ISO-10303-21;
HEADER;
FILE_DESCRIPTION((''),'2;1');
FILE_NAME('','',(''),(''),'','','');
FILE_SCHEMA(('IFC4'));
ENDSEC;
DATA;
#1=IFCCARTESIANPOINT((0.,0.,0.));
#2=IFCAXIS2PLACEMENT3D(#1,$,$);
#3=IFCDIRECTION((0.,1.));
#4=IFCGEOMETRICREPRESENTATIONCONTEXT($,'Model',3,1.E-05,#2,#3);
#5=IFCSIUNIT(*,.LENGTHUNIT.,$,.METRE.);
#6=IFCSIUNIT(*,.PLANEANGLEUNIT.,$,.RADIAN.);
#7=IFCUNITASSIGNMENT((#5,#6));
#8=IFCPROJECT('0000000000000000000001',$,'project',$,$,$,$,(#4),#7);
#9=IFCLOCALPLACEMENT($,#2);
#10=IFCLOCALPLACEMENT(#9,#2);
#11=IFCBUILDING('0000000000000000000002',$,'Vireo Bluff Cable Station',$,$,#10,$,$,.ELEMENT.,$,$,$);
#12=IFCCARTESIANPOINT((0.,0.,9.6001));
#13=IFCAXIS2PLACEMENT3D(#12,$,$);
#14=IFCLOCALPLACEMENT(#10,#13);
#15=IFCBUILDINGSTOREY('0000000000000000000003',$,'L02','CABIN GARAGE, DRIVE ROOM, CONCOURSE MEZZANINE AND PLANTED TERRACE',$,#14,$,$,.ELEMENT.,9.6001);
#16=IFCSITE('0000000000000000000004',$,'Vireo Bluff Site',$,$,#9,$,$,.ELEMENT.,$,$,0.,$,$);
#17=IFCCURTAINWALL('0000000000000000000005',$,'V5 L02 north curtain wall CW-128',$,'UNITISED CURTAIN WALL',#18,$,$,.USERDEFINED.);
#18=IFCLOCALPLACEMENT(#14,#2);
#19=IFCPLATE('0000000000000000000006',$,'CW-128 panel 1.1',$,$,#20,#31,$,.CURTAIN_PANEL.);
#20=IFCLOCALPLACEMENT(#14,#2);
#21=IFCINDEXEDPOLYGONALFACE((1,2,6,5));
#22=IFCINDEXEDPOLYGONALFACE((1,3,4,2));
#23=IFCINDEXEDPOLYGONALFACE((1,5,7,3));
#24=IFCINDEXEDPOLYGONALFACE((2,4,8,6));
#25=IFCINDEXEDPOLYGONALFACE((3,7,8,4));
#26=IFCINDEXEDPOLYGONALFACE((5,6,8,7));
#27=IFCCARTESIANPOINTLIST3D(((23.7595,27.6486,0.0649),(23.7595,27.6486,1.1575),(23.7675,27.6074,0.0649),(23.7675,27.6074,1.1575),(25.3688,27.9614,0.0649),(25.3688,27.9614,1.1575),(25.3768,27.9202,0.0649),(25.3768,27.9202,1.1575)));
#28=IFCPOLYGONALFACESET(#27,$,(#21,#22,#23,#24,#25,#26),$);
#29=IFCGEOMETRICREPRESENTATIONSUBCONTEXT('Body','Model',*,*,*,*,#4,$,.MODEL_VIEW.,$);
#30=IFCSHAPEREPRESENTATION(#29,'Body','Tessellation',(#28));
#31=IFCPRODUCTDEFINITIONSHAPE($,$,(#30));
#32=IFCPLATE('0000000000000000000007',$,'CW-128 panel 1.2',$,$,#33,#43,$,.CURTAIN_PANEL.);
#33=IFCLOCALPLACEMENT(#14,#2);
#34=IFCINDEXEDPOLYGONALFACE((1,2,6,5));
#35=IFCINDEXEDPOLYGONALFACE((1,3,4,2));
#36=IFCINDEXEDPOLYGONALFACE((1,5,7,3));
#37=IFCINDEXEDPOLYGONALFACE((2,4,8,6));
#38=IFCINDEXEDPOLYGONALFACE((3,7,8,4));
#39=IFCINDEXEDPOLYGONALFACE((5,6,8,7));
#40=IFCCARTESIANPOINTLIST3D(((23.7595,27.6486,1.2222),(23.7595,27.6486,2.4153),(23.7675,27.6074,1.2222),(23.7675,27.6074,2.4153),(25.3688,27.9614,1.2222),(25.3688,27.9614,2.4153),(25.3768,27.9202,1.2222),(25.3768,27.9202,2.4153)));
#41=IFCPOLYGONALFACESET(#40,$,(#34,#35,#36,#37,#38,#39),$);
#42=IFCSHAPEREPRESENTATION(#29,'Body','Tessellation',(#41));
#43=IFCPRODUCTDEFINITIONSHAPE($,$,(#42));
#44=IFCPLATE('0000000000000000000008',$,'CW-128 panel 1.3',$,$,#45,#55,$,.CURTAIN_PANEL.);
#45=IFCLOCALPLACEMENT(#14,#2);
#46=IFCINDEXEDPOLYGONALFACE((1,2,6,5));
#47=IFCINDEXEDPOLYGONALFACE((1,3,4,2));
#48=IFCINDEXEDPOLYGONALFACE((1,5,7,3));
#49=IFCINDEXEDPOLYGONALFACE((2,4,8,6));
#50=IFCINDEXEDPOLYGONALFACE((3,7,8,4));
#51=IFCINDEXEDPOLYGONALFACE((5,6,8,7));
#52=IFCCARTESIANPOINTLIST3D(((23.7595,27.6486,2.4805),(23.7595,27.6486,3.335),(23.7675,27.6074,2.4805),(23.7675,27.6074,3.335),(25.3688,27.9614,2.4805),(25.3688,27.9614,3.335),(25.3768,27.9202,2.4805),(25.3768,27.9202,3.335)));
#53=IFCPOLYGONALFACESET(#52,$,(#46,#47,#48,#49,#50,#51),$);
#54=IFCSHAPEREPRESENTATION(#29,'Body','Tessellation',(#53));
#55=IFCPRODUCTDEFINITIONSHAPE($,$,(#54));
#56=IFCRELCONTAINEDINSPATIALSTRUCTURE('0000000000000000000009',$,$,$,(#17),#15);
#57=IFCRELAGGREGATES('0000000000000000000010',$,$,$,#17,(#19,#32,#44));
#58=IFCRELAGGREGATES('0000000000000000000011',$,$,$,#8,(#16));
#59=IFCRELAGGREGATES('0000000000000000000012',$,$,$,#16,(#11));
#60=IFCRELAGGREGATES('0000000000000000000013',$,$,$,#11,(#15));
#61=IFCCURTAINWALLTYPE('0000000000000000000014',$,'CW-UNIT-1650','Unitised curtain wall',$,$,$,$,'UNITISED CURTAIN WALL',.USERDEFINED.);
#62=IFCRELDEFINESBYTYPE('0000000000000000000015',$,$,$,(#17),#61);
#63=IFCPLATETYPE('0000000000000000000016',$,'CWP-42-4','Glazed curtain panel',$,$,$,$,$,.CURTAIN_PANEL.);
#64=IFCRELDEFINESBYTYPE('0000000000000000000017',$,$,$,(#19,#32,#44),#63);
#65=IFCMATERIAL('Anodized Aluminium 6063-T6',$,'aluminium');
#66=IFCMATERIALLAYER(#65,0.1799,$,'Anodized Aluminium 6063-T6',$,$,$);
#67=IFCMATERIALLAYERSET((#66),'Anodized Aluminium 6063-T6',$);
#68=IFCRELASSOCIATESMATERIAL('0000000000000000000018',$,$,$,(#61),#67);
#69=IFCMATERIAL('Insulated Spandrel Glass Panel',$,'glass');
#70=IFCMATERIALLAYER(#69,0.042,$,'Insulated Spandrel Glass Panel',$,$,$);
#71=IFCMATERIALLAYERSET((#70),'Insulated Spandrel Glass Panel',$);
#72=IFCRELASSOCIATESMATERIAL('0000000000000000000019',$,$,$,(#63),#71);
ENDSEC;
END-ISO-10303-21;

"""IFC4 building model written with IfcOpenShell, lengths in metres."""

from ifc_helpers import new_model, si_unit, direction, frame, origin, origin_2d, place, context, subcontext, project, spatial, rectangle, extrude, material, layer, layer_set, type_object, element, aggregate, save


model = new_model("IFC4")

# Units and contexts
model_context = context("Model", 3, precision=1e-05, world=origin(), true_north=direction((0.0, 1.0)))
body_context = subcontext(model_context, "Body", "Model", "MODEL_VIEW")
ifc_project = project(units=[si_unit("LENGTHUNIT", "METRE"), si_unit("PLANEANGLEUNIT", "RADIAN")], contexts=[model_context])

# Site, building, storey
site_placement = place(None, origin())
site = spatial("IfcSite", under=ifc_project, at=site_placement, Name="Vireo Bluff Site", CompositionType="ELEMENT", RefElevation=0.0)
building_placement = place(site_placement, origin())
building = spatial("IfcBuilding", under=site, at=building_placement, Name="Vireo Bluff Cable Station", CompositionType="ELEMENT")
storey_placement = place(building_placement, frame((0.0, 0.0, 9.6001)))
storey = spatial("IfcBuildingStorey", under=building, at=storey_placement, Name="L02", Description="CABIN GARAGE, DRIVE ROOM, CONCOURSE MEZZANINE AND PLANTED TERRACE", CompositionType="ELEMENT", Elevation=9.6001)

# Curtain wall
ifc_material_1 = material(Name="Anodized Aluminium 6063-T6", Category="aluminium")
ifc_layer_1 = layer(ifc_material_1, 0.1799, Name="Anodized Aluminium 6063-T6")
ifc_layer_set_1 = layer_set([ifc_layer_1], Name="Anodized Aluminium 6063-T6")
curtain_wall_type_1 = type_object("IfcCurtainWallType", Name="CW-UNIT-1650", Description="Unitised curtain wall", ElementType="UNITISED CURTAIN WALL", PredefinedType="USERDEFINED", material=ifc_layer_set_1)
curtain_wall_1_placement = place(storey_placement, origin())
curtain_wall_1 = element("IfcCurtainWall", 1, at=curtain_wall_1_placement, inside=storey, type_object=curtain_wall_type_1, Name="V5 L02 north curtain wall CW-128", ObjectType="UNITISED CURTAIN WALL", PredefinedType="USERDEFINED")

# Plates
ifc_material_2 = material(Name="Insulated Spandrel Glass Panel", Category="glass")
ifc_layer_2 = layer(ifc_material_2, 0.042, Name="Insulated Spandrel Glass Panel")
ifc_layer_set_2 = layer_set([ifc_layer_2], Name="Insulated Spandrel Glass Panel")
plate_type_1 = type_object("IfcPlateType", Name="CWP-42-4", Description="Glazed curtain panel", PredefinedType="CURTAIN_PANEL", material=ifc_layer_set_2)
plate_1_placement = place(storey_placement, frame((24.5681, 27.7844, 0.0649), z_axis=(0.0, 0.0, 1.0), x_axis=(0.981627, 0.190809, 0.0)))
plate_1 = element("IfcPlate", 2, at=plate_1_placement, type_object=plate_type_1, Name="CW-128 panel 1.1", PredefinedType="CURTAIN_PANEL", context=body_context, shape_type="SweptSolid", body=[
    extrude(rectangle(XDim=1.6394, YDim=0.042, at=origin_2d()), origin(), (0.0, 0.0, 1.0), 1.0925),
])
plate_2_placement = place(storey_placement, frame((24.5681, 27.7844, 1.2222), z_axis=(0.0, 0.0, 1.0), x_axis=(0.981627, 0.190809, 0.0)))
plate_2 = element("IfcPlate", 3, at=plate_2_placement, type_object=plate_type_1, Name="CW-128 panel 1.2", PredefinedType="CURTAIN_PANEL", context=body_context, shape_type="SweptSolid", body=[
    extrude(rectangle(XDim=1.6394, YDim=0.042, at=origin_2d()), origin(), (0.0, 0.0, 1.0), 1.1931),
])
plate_3_placement = place(storey_placement, frame((24.5681, 27.7844, 2.4805), z_axis=(0.0, 0.0, 1.0), x_axis=(0.981627, 0.190809, 0.0)))
plate_3 = element("IfcPlate", 4, at=plate_3_placement, type_object=plate_type_1, Name="CW-128 panel 1.3", PredefinedType="CURTAIN_PANEL", context=body_context, shape_type="SweptSolid", body=[
    extrude(rectangle(XDim=1.6394, YDim=0.042, at=origin_2d()), origin(), (0.0, 0.0, 1.0), 0.8545),
])
aggregate(curtain_wall_1, [plate_1, plate_2, plate_3])

save(model, "model.ifc")
